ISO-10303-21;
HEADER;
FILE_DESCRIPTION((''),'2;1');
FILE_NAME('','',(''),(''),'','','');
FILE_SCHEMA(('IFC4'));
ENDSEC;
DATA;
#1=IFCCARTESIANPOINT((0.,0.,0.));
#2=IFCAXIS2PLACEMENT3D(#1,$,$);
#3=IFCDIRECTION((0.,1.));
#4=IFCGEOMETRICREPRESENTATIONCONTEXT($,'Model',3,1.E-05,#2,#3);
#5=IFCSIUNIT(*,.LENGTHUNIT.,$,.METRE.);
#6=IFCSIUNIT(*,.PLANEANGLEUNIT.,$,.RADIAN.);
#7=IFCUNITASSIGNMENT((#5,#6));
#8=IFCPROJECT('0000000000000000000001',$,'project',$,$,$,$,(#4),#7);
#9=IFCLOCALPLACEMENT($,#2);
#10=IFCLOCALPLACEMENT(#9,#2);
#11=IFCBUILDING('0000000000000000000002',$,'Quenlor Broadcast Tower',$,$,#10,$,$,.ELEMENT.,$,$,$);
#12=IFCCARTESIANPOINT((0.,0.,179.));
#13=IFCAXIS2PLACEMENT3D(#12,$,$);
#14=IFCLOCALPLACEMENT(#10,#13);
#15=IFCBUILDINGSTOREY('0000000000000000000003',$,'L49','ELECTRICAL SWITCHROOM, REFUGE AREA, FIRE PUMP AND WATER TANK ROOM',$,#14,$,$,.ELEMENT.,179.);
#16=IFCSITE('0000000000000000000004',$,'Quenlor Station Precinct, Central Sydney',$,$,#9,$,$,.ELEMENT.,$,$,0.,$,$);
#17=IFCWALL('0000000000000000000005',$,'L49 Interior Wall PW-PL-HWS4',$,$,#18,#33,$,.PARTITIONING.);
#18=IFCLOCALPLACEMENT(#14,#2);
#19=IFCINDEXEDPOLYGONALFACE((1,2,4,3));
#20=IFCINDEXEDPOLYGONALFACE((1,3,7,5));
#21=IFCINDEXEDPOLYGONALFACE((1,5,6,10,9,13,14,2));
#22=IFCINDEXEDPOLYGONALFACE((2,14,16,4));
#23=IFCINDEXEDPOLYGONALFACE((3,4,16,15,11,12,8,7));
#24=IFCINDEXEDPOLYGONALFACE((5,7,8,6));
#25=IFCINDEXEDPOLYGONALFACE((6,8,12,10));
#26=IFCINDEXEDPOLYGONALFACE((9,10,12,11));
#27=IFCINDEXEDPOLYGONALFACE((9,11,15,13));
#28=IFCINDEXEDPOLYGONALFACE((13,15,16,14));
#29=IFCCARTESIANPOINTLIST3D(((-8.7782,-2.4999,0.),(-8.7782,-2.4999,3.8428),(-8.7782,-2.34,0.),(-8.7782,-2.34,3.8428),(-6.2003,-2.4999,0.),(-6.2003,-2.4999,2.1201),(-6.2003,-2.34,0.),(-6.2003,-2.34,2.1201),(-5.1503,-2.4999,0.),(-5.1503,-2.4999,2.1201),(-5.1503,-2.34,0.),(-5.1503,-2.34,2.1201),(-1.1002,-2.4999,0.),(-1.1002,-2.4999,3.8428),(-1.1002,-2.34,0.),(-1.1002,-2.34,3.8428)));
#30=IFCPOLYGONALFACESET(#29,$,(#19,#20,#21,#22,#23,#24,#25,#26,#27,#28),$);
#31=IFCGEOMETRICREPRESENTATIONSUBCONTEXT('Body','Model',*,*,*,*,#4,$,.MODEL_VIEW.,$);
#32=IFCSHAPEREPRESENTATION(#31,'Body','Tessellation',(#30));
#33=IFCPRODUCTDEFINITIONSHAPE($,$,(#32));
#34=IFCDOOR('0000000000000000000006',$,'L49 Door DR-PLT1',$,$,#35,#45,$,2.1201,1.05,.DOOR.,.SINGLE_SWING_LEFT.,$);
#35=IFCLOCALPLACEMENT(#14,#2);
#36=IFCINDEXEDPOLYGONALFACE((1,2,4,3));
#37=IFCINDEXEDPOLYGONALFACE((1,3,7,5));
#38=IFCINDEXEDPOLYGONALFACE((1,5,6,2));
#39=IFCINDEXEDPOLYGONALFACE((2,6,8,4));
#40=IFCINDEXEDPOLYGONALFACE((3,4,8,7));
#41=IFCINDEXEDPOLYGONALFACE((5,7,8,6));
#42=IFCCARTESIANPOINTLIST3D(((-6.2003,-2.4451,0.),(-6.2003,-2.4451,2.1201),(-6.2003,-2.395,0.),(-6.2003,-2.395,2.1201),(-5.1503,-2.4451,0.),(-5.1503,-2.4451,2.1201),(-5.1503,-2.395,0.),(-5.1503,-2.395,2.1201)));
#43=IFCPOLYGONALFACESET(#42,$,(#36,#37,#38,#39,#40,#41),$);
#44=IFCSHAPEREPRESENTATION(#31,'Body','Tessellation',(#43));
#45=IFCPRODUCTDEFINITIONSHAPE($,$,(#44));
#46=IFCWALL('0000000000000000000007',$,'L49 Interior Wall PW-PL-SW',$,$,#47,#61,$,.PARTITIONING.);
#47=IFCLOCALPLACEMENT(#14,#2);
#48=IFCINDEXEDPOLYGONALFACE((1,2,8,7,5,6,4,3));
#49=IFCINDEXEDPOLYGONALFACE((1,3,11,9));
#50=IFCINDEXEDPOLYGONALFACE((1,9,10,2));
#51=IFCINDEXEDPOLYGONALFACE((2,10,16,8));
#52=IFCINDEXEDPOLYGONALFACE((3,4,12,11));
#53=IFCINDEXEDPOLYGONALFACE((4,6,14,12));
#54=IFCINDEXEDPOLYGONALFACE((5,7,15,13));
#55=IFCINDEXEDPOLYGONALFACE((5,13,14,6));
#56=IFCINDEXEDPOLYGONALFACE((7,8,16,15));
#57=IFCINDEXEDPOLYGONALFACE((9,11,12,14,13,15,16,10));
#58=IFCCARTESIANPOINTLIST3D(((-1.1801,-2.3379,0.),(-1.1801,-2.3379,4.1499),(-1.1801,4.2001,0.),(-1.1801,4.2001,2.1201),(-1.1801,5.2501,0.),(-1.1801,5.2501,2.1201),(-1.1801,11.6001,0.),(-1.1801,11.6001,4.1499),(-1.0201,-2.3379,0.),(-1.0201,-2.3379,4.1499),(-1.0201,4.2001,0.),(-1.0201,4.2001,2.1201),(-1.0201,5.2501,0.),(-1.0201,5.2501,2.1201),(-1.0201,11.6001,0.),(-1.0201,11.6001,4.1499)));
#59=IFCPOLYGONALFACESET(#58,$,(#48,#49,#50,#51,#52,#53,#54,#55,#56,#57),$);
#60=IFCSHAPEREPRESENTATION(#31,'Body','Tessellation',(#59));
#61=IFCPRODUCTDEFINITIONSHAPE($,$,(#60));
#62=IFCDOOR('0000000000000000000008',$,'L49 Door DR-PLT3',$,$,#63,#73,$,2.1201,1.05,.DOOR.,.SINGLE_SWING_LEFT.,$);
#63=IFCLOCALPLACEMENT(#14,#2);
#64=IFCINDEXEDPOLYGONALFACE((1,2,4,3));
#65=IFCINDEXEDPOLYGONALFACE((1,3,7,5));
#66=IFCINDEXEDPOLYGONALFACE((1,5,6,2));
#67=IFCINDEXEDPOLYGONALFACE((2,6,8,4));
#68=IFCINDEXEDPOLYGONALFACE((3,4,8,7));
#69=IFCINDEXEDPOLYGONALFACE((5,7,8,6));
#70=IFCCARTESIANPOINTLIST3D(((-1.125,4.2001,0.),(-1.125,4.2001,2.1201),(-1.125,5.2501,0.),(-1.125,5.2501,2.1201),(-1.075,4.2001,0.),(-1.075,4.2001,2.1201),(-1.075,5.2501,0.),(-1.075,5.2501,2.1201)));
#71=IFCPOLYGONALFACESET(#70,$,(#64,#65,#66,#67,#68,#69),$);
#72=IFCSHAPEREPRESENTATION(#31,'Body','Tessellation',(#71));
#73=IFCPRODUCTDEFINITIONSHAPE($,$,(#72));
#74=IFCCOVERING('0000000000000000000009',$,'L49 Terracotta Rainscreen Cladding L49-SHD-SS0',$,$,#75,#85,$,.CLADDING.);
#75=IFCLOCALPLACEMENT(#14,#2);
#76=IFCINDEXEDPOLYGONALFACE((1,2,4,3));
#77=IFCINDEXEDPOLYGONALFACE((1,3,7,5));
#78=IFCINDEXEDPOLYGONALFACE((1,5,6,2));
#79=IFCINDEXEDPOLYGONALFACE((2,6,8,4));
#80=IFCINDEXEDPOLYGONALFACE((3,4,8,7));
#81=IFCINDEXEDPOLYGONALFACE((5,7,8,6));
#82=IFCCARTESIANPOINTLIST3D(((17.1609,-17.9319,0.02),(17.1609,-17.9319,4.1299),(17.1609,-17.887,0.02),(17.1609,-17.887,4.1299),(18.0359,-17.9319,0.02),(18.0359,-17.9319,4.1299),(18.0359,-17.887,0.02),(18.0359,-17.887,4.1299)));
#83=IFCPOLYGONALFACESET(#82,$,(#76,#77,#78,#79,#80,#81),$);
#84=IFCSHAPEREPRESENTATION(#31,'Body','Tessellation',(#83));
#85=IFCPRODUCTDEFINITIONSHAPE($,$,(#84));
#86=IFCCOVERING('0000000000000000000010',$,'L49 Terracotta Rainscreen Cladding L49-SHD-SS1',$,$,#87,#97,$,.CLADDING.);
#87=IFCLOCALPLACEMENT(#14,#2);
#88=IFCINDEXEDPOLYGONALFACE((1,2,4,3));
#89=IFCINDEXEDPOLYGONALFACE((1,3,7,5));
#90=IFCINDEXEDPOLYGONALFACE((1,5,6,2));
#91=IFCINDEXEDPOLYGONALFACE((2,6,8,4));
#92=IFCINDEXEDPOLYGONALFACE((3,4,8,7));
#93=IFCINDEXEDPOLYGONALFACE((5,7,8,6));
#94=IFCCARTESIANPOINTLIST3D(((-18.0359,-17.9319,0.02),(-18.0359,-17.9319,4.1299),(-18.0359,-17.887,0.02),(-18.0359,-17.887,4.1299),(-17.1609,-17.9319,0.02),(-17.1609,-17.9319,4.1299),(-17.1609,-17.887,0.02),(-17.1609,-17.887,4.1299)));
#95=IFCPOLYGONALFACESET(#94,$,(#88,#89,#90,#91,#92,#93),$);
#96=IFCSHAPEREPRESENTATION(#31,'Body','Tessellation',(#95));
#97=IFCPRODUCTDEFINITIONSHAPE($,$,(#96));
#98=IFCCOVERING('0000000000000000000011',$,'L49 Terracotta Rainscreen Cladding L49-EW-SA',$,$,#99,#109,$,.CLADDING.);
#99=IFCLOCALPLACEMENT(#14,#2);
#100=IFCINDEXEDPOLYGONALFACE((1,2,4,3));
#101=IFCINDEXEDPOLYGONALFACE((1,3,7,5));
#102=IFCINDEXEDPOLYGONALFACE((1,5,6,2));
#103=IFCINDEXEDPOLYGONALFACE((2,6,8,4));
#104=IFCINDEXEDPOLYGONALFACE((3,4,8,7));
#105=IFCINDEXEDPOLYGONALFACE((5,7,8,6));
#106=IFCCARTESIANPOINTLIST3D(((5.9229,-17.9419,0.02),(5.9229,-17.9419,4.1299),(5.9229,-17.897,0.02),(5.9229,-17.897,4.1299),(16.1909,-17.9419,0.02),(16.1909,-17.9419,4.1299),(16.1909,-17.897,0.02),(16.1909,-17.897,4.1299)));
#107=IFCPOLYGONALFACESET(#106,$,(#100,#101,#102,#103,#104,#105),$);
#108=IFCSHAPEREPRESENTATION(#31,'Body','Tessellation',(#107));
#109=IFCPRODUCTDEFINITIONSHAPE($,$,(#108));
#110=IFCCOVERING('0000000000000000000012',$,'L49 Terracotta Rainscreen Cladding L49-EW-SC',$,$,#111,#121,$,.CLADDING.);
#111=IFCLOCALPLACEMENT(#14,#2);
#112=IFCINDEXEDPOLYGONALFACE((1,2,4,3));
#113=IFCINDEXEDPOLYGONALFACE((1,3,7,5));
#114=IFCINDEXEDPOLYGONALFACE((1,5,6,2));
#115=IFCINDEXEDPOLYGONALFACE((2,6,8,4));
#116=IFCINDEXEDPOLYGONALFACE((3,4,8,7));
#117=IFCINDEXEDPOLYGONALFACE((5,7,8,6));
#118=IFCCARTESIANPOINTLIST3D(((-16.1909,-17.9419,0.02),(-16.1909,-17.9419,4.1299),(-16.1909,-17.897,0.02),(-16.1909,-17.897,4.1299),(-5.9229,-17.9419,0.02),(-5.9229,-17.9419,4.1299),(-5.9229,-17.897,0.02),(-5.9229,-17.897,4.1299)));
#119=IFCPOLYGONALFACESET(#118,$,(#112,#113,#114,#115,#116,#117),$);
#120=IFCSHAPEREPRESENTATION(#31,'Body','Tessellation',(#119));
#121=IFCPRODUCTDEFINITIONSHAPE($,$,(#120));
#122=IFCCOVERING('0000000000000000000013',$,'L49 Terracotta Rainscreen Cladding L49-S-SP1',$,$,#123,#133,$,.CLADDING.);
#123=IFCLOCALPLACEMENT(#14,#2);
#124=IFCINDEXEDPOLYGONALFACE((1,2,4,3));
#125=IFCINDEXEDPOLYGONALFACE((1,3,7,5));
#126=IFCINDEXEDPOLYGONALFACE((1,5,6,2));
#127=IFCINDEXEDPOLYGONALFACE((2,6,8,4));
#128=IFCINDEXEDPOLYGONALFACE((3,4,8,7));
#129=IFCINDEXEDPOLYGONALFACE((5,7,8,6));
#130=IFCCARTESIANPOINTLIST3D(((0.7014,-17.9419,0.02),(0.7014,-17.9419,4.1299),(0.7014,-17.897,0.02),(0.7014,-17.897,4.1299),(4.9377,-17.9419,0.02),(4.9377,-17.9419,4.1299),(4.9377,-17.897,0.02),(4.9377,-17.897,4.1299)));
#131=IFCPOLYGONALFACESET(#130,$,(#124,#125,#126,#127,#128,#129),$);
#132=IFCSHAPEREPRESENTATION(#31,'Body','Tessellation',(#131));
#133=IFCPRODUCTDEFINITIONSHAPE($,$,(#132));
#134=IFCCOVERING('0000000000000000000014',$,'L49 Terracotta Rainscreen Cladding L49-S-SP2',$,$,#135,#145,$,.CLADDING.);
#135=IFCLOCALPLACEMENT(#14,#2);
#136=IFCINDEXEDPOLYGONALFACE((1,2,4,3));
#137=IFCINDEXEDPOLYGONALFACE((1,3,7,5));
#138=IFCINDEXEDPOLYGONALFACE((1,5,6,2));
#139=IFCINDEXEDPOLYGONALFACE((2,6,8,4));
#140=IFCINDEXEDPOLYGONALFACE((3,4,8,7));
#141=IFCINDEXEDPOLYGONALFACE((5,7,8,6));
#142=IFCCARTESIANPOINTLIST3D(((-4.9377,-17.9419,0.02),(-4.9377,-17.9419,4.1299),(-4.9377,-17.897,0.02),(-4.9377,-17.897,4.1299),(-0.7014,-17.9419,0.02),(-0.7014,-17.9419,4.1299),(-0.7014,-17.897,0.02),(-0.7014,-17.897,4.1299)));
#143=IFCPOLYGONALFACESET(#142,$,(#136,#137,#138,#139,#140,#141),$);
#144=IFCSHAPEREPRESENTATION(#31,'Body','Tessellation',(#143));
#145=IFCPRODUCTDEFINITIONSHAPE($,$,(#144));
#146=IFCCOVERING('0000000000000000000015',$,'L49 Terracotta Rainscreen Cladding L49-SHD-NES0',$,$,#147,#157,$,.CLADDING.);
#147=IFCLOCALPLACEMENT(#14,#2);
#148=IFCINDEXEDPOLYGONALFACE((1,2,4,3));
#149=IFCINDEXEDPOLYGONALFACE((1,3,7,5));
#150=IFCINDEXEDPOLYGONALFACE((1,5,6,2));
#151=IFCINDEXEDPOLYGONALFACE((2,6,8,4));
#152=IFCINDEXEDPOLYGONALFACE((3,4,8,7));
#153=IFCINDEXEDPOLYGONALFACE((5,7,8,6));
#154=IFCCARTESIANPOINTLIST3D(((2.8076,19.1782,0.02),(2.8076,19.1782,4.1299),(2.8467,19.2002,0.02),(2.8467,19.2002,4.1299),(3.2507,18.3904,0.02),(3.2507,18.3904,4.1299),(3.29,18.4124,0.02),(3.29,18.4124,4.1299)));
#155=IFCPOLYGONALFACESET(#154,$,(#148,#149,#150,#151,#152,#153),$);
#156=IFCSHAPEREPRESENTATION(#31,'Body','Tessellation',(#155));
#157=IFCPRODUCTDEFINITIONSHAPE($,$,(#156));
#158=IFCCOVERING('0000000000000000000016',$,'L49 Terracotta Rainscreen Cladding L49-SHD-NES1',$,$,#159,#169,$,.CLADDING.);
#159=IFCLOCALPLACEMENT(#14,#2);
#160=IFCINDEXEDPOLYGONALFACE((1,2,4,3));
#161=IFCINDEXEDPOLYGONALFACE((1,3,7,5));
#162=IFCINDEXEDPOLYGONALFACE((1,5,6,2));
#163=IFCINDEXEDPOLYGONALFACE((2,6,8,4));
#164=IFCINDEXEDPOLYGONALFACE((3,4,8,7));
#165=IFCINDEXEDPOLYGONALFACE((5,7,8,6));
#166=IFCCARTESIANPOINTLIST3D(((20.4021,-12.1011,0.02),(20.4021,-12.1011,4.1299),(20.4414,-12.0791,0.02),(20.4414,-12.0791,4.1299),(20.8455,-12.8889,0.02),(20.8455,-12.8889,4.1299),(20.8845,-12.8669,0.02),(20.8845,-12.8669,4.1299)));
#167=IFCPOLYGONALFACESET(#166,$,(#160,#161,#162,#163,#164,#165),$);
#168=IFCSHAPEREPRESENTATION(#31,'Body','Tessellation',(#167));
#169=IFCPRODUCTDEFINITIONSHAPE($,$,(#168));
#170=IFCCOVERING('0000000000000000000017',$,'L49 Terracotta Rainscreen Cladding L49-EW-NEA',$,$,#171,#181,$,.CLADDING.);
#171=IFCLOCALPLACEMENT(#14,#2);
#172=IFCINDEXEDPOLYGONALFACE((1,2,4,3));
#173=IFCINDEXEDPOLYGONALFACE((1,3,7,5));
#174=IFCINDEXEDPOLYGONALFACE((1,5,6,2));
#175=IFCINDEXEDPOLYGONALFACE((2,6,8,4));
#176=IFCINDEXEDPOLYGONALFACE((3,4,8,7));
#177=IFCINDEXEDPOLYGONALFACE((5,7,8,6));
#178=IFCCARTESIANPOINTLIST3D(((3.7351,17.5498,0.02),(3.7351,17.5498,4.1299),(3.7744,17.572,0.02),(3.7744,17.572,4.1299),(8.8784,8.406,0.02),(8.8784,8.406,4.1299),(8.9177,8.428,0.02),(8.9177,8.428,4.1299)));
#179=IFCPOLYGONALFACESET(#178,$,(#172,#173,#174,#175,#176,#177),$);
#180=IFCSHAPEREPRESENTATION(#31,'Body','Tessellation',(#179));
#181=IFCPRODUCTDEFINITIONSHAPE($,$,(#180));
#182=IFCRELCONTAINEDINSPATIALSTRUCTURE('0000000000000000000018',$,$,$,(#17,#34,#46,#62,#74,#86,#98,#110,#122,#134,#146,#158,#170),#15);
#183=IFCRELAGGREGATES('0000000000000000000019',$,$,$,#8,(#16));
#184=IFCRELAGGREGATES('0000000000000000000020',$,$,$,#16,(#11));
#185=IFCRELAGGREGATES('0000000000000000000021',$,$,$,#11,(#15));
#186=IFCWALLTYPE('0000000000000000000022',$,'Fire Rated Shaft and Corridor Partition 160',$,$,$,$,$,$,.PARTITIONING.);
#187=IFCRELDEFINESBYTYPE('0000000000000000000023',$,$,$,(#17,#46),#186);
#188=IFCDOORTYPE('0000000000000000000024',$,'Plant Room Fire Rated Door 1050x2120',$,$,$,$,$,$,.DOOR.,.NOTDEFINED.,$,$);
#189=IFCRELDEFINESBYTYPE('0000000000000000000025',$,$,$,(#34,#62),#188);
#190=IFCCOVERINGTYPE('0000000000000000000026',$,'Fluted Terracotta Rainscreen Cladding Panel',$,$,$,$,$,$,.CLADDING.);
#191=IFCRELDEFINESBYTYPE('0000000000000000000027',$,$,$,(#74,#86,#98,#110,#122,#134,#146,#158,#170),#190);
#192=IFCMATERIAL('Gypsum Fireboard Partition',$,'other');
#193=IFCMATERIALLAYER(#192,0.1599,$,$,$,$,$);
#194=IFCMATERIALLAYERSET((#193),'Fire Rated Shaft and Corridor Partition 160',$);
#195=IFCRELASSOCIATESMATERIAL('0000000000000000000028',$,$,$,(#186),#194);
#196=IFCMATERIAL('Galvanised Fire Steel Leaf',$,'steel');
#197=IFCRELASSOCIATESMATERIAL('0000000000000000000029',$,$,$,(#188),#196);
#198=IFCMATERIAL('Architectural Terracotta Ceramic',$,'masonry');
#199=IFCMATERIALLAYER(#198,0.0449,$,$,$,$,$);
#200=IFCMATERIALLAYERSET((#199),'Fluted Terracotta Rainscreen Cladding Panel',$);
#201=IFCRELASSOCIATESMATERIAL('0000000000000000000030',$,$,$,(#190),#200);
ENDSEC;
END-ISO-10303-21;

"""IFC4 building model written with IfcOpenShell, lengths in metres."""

from ifc_helpers import new_model, si_unit, direction, frame, frame_2d, origin, place, context, subcontext, project, spatial, polyline, rectangle, outline, extrude, material, layer, layer_set, type_object, element, fill, save


model = new_model("IFC4")

# Units and contexts
model_context = context("Model", 3, precision=1e-05, world=origin(), true_north=direction((0.0, 1.0)))
body_context = subcontext(model_context, "Body", "Model", "MODEL_VIEW")
ifc_project = project(units=[si_unit("LENGTHUNIT", "METRE"), si_unit("PLANEANGLEUNIT", "RADIAN")], contexts=[model_context])

# Site, building, storey
site_placement = place(None, origin())
site = spatial("IfcSite", under=ifc_project, at=site_placement, Name="Quenlor Station Precinct, Central Sydney", CompositionType="ELEMENT", RefElevation=0.0)
building_placement = place(site_placement, origin())
building = spatial("IfcBuilding", under=site, at=building_placement, Name="Quenlor Broadcast Tower", CompositionType="ELEMENT")
storey_placement = place(building_placement, frame((0.0, 0.0, 179.0)))
storey = spatial("IfcBuildingStorey", under=building, at=storey_placement, Name="L49", Description="ELECTRICAL SWITCHROOM, REFUGE AREA, FIRE PUMP AND WATER TANK ROOM", CompositionType="ELEMENT", Elevation=179.0)

# Shared definitions
ifc_material_1 = material(Name="Gypsum Fireboard Partition", Category="other")
ifc_layer_1 = layer(ifc_material_1, 0.1599)
ifc_layer_set_1 = layer_set([ifc_layer_1], Name="Fire Rated Shaft and Corridor Partition 160")
wall_type_1 = type_object("IfcWallType", Name="Fire Rated Shaft and Corridor Partition 160", PredefinedType="PARTITIONING", material=ifc_layer_set_1)

# Walls, openings, doors
wall_1_placement = place(storey_placement, frame((-8.7781, -2.4199, 0.0), z_axis=(0.0, 0.0, 1.0), x_axis=(1.0, 0.0, 0.0)))
wall_1 = element("IfcWall", 1, at=wall_1_placement, inside=storey, type_object=wall_type_1, Name="L49 Interior Wall PW-PL-HWS4", PredefinedType="PARTITIONING", context=body_context, shape_type="SweptSolid", body=[
    extrude(rectangle(XDim=7.678, YDim=0.1599, at=frame_2d((3.8389, 0.0))), origin(), (0.0, 0.0, 1.0), 3.8428),
])
opening_1_placement = place(wall_1_placement, frame((2.5779, 0.0, 0.0)))
opening_1 = element("IfcOpeningElement", 2, at=opening_1_placement, cuts=wall_1, PredefinedType="OPENING", context=body_context, shape_type="SweptSolid", body=[
    extrude(rectangle(XDim=1.05, YDim=2.1201, at=frame_2d((0.5249, 1.0601))), frame((0.0, 0.0898, 0.0), z_axis=(0.0, -1.0, 0.0), x_axis=(1.0, 0.0, 0.0)), (0.0, 0.0, 1.0), 0.1799),
])
ifc_material_2 = material(Name="Galvanised Fire Steel Leaf", Category="steel")
door_type_1 = type_object("IfcDoorType", Name="Plant Room Fire Rated Door 1050x2120", OperationType="NOTDEFINED", PredefinedType="DOOR", material=ifc_material_2)
door_1_placement = place(opening_1_placement, origin())
door_1 = element("IfcDoor", 3, at=door_1_placement, inside=storey, type_object=door_type_1, Name="L49 Door DR-PLT1", OperationType="SINGLE_SWING_LEFT", OverallHeight=2.1201, OverallWidth=1.05, PredefinedType="DOOR", context=body_context, shape_type="SweptSolid", body=[
    extrude(rectangle(XDim=1.05, YDim=2.1201, at=frame_2d((0.5249, 1.0601))), frame((0.0, 0.0249, 0.0), z_axis=(0.0, -1.0, 0.0), x_axis=(1.0, 0.0, 0.0)), (0.0, 0.0, 1.0), 0.05),
])
fill(opening_1, door_1)
wall_2_placement = place(storey_placement, frame((-1.1001, -2.3379, 0.0), z_axis=(0.0, 0.0, 1.0), x_axis=(0.0, 1.0, 0.0)))
wall_2 = element("IfcWall", 4, at=wall_2_placement, inside=storey, type_object=wall_type_1, Name="L49 Interior Wall PW-PL-SW", PredefinedType="PARTITIONING", context=body_context, shape_type="SweptSolid", body=[
    extrude(rectangle(XDim=13.938, YDim=0.1599, at=frame_2d((6.969, 0.0))), origin(), (0.0, 0.0, 1.0), 4.1499),
])
opening_2_placement = place(wall_2_placement, frame((6.5381, 0.0, 0.0)))
opening_2 = element("IfcOpeningElement", 5, at=opening_2_placement, cuts=wall_2, PredefinedType="OPENING", context=body_context, shape_type="SweptSolid", body=[
    extrude(rectangle(XDim=1.05, YDim=2.1201, at=frame_2d((0.5249, 1.0601))), frame((0.0, 0.0898, 0.0), z_axis=(0.0, -1.0, 0.0), x_axis=(1.0, 0.0, 0.0)), (0.0, 0.0, 1.0), 0.1799),
])
door_2_placement = place(opening_2_placement, origin())
door_2 = element("IfcDoor", 6, at=door_2_placement, inside=storey, type_object=door_type_1, Name="L49 Door DR-PLT3", OperationType="SINGLE_SWING_LEFT", OverallHeight=2.1201, OverallWidth=1.05, PredefinedType="DOOR", context=body_context, shape_type="SweptSolid", body=[
    extrude(rectangle(XDim=1.05, YDim=2.1201, at=frame_2d((0.5249, 1.0601))), frame((0.0, 0.0249, 0.0), z_axis=(0.0, -1.0, 0.0), x_axis=(1.0, 0.0, 0.0)), (0.0, 0.0, 1.0), 0.05),
])
fill(opening_2, door_2)

# Coverings
ifc_material_3 = material(Name="Architectural Terracotta Ceramic", Category="masonry")
ifc_layer_2 = layer(ifc_material_3, 0.0449)
ifc_layer_set_2 = layer_set([ifc_layer_2], Name="Fluted Terracotta Rainscreen Cladding Panel")
covering_type = type_object("IfcCoveringType", Name="Fluted Terracotta Rainscreen Cladding Panel", PredefinedType="CLADDING", material=ifc_layer_set_2)
covering_1_placement = place(storey_placement, frame((0.0, 0.0, 0.02)))
element("IfcCovering", 7, at=covering_1_placement, inside=storey, type_object=covering_type, Name="L49 Terracotta Rainscreen Cladding L49-SHD-SS0", PredefinedType="CLADDING", context=body_context, shape_type="SweptSolid", body=[
    extrude(outline(polyline([(18.0359, -17.887), (17.1609, -17.887), (17.1609, -17.9319), (18.0359, -17.9319), (18.0359, -17.887)])), origin(), (0.0, 0.0, 1.0), 4.1099),
])
covering_2_placement = place(storey_placement, frame((0.0, 0.0, 0.02)))
element("IfcCovering", 8, at=covering_2_placement, inside=storey, type_object=covering_type, Name="L49 Terracotta Rainscreen Cladding L49-SHD-SS1", PredefinedType="CLADDING", context=body_context, shape_type="SweptSolid", body=[
    extrude(outline(polyline([(-17.1609, -17.887), (-18.0359, -17.887), (-18.0359, -17.9319), (-17.1609, -17.9319), (-17.1609, -17.887)])), origin(), (0.0, 0.0, 1.0), 4.1099),
])
covering_3_placement = place(storey_placement, frame((0.0, 0.0, 0.02)))
element("IfcCovering", 9, at=covering_3_placement, inside=storey, type_object=covering_type, Name="L49 Terracotta Rainscreen Cladding L49-EW-SA", PredefinedType="CLADDING", context=body_context, shape_type="SweptSolid", body=[
    extrude(outline(polyline([(16.1909, -17.897), (5.9229, -17.897), (5.9229, -17.9419), (16.1909, -17.9419), (16.1909, -17.897)])), origin(), (0.0, 0.0, 1.0), 4.1099),
])
covering_4_placement = place(storey_placement, frame((0.0, 0.0, 0.02)))
element("IfcCovering", 10, at=covering_4_placement, inside=storey, type_object=covering_type, Name="L49 Terracotta Rainscreen Cladding L49-EW-SC", PredefinedType="CLADDING", context=body_context, shape_type="SweptSolid", body=[
    extrude(outline(polyline([(-5.9229, -17.897), (-16.1909, -17.897), (-16.1909, -17.9419), (-5.9229, -17.9419), (-5.9229, -17.897)])), origin(), (0.0, 0.0, 1.0), 4.1099),
])
covering_5_placement = place(storey_placement, frame((0.0, 0.0, 0.02)))
element("IfcCovering", 11, at=covering_5_placement, inside=storey, type_object=covering_type, Name="L49 Terracotta Rainscreen Cladding L49-S-SP1", PredefinedType="CLADDING", context=body_context, shape_type="SweptSolid", body=[
    extrude(outline(polyline([(4.9377, -17.897), (0.7014, -17.897), (0.7014, -17.9419), (4.9377, -17.9419), (4.9377, -17.897)])), origin(), (0.0, 0.0, 1.0), 4.1099),
])
covering_6_placement = place(storey_placement, frame((0.0, 0.0, 0.02)))
element("IfcCovering", 12, at=covering_6_placement, inside=storey, type_object=covering_type, Name="L49 Terracotta Rainscreen Cladding L49-S-SP2", PredefinedType="CLADDING", context=body_context, shape_type="SweptSolid", body=[
    extrude(outline(polyline([(-0.7014, -17.897), (-4.9377, -17.897), (-4.9377, -17.9419), (-0.7014, -17.9419), (-0.7014, -17.897)])), origin(), (0.0, 0.0, 1.0), 4.1099),
])
covering_7_placement = place(storey_placement, frame((0.0, 0.0, 0.02)))
element("IfcCovering", 13, at=covering_7_placement, inside=storey, type_object=covering_type, Name="L49 Terracotta Rainscreen Cladding L49-SHD-NES0", PredefinedType="CLADDING", context=body_context, shape_type="SweptSolid", body=[
    extrude(outline(polyline([(2.8076, 19.1782), (3.2507, 18.3904), (3.29, 18.4124), (2.8467, 19.2002), (2.8076, 19.1782)])), origin(), (0.0, 0.0, 1.0), 4.1099),
])
covering_8_placement = place(storey_placement, frame((0.0, 0.0, 0.02)))
element("IfcCovering", 14, at=covering_8_placement, inside=storey, type_object=covering_type, Name="L49 Terracotta Rainscreen Cladding L49-SHD-NES1", PredefinedType="CLADDING", context=body_context, shape_type="SweptSolid", body=[
    extrude(outline(polyline([(20.4021, -12.1011), (20.8455, -12.8889), (20.8845, -12.8669), (20.4414, -12.0791), (20.4021, -12.1011)])), origin(), (0.0, 0.0, 1.0), 4.1099),
])
covering_9_placement = place(storey_placement, frame((0.0, 0.0, 0.02)))
element("IfcCovering", 15, at=covering_9_placement, inside=storey, type_object=covering_type, Name="L49 Terracotta Rainscreen Cladding L49-EW-NEA", PredefinedType="CLADDING", context=body_context, shape_type="SweptSolid", body=[
    extrude(outline(polyline([(3.7351, 17.5498), (8.8784, 8.406), (8.9177, 8.428), (3.7744, 17.572), (3.7351, 17.5498)])), origin(), (0.0, 0.0, 1.0), 4.1099),
])

save(model, "model.ifc")
